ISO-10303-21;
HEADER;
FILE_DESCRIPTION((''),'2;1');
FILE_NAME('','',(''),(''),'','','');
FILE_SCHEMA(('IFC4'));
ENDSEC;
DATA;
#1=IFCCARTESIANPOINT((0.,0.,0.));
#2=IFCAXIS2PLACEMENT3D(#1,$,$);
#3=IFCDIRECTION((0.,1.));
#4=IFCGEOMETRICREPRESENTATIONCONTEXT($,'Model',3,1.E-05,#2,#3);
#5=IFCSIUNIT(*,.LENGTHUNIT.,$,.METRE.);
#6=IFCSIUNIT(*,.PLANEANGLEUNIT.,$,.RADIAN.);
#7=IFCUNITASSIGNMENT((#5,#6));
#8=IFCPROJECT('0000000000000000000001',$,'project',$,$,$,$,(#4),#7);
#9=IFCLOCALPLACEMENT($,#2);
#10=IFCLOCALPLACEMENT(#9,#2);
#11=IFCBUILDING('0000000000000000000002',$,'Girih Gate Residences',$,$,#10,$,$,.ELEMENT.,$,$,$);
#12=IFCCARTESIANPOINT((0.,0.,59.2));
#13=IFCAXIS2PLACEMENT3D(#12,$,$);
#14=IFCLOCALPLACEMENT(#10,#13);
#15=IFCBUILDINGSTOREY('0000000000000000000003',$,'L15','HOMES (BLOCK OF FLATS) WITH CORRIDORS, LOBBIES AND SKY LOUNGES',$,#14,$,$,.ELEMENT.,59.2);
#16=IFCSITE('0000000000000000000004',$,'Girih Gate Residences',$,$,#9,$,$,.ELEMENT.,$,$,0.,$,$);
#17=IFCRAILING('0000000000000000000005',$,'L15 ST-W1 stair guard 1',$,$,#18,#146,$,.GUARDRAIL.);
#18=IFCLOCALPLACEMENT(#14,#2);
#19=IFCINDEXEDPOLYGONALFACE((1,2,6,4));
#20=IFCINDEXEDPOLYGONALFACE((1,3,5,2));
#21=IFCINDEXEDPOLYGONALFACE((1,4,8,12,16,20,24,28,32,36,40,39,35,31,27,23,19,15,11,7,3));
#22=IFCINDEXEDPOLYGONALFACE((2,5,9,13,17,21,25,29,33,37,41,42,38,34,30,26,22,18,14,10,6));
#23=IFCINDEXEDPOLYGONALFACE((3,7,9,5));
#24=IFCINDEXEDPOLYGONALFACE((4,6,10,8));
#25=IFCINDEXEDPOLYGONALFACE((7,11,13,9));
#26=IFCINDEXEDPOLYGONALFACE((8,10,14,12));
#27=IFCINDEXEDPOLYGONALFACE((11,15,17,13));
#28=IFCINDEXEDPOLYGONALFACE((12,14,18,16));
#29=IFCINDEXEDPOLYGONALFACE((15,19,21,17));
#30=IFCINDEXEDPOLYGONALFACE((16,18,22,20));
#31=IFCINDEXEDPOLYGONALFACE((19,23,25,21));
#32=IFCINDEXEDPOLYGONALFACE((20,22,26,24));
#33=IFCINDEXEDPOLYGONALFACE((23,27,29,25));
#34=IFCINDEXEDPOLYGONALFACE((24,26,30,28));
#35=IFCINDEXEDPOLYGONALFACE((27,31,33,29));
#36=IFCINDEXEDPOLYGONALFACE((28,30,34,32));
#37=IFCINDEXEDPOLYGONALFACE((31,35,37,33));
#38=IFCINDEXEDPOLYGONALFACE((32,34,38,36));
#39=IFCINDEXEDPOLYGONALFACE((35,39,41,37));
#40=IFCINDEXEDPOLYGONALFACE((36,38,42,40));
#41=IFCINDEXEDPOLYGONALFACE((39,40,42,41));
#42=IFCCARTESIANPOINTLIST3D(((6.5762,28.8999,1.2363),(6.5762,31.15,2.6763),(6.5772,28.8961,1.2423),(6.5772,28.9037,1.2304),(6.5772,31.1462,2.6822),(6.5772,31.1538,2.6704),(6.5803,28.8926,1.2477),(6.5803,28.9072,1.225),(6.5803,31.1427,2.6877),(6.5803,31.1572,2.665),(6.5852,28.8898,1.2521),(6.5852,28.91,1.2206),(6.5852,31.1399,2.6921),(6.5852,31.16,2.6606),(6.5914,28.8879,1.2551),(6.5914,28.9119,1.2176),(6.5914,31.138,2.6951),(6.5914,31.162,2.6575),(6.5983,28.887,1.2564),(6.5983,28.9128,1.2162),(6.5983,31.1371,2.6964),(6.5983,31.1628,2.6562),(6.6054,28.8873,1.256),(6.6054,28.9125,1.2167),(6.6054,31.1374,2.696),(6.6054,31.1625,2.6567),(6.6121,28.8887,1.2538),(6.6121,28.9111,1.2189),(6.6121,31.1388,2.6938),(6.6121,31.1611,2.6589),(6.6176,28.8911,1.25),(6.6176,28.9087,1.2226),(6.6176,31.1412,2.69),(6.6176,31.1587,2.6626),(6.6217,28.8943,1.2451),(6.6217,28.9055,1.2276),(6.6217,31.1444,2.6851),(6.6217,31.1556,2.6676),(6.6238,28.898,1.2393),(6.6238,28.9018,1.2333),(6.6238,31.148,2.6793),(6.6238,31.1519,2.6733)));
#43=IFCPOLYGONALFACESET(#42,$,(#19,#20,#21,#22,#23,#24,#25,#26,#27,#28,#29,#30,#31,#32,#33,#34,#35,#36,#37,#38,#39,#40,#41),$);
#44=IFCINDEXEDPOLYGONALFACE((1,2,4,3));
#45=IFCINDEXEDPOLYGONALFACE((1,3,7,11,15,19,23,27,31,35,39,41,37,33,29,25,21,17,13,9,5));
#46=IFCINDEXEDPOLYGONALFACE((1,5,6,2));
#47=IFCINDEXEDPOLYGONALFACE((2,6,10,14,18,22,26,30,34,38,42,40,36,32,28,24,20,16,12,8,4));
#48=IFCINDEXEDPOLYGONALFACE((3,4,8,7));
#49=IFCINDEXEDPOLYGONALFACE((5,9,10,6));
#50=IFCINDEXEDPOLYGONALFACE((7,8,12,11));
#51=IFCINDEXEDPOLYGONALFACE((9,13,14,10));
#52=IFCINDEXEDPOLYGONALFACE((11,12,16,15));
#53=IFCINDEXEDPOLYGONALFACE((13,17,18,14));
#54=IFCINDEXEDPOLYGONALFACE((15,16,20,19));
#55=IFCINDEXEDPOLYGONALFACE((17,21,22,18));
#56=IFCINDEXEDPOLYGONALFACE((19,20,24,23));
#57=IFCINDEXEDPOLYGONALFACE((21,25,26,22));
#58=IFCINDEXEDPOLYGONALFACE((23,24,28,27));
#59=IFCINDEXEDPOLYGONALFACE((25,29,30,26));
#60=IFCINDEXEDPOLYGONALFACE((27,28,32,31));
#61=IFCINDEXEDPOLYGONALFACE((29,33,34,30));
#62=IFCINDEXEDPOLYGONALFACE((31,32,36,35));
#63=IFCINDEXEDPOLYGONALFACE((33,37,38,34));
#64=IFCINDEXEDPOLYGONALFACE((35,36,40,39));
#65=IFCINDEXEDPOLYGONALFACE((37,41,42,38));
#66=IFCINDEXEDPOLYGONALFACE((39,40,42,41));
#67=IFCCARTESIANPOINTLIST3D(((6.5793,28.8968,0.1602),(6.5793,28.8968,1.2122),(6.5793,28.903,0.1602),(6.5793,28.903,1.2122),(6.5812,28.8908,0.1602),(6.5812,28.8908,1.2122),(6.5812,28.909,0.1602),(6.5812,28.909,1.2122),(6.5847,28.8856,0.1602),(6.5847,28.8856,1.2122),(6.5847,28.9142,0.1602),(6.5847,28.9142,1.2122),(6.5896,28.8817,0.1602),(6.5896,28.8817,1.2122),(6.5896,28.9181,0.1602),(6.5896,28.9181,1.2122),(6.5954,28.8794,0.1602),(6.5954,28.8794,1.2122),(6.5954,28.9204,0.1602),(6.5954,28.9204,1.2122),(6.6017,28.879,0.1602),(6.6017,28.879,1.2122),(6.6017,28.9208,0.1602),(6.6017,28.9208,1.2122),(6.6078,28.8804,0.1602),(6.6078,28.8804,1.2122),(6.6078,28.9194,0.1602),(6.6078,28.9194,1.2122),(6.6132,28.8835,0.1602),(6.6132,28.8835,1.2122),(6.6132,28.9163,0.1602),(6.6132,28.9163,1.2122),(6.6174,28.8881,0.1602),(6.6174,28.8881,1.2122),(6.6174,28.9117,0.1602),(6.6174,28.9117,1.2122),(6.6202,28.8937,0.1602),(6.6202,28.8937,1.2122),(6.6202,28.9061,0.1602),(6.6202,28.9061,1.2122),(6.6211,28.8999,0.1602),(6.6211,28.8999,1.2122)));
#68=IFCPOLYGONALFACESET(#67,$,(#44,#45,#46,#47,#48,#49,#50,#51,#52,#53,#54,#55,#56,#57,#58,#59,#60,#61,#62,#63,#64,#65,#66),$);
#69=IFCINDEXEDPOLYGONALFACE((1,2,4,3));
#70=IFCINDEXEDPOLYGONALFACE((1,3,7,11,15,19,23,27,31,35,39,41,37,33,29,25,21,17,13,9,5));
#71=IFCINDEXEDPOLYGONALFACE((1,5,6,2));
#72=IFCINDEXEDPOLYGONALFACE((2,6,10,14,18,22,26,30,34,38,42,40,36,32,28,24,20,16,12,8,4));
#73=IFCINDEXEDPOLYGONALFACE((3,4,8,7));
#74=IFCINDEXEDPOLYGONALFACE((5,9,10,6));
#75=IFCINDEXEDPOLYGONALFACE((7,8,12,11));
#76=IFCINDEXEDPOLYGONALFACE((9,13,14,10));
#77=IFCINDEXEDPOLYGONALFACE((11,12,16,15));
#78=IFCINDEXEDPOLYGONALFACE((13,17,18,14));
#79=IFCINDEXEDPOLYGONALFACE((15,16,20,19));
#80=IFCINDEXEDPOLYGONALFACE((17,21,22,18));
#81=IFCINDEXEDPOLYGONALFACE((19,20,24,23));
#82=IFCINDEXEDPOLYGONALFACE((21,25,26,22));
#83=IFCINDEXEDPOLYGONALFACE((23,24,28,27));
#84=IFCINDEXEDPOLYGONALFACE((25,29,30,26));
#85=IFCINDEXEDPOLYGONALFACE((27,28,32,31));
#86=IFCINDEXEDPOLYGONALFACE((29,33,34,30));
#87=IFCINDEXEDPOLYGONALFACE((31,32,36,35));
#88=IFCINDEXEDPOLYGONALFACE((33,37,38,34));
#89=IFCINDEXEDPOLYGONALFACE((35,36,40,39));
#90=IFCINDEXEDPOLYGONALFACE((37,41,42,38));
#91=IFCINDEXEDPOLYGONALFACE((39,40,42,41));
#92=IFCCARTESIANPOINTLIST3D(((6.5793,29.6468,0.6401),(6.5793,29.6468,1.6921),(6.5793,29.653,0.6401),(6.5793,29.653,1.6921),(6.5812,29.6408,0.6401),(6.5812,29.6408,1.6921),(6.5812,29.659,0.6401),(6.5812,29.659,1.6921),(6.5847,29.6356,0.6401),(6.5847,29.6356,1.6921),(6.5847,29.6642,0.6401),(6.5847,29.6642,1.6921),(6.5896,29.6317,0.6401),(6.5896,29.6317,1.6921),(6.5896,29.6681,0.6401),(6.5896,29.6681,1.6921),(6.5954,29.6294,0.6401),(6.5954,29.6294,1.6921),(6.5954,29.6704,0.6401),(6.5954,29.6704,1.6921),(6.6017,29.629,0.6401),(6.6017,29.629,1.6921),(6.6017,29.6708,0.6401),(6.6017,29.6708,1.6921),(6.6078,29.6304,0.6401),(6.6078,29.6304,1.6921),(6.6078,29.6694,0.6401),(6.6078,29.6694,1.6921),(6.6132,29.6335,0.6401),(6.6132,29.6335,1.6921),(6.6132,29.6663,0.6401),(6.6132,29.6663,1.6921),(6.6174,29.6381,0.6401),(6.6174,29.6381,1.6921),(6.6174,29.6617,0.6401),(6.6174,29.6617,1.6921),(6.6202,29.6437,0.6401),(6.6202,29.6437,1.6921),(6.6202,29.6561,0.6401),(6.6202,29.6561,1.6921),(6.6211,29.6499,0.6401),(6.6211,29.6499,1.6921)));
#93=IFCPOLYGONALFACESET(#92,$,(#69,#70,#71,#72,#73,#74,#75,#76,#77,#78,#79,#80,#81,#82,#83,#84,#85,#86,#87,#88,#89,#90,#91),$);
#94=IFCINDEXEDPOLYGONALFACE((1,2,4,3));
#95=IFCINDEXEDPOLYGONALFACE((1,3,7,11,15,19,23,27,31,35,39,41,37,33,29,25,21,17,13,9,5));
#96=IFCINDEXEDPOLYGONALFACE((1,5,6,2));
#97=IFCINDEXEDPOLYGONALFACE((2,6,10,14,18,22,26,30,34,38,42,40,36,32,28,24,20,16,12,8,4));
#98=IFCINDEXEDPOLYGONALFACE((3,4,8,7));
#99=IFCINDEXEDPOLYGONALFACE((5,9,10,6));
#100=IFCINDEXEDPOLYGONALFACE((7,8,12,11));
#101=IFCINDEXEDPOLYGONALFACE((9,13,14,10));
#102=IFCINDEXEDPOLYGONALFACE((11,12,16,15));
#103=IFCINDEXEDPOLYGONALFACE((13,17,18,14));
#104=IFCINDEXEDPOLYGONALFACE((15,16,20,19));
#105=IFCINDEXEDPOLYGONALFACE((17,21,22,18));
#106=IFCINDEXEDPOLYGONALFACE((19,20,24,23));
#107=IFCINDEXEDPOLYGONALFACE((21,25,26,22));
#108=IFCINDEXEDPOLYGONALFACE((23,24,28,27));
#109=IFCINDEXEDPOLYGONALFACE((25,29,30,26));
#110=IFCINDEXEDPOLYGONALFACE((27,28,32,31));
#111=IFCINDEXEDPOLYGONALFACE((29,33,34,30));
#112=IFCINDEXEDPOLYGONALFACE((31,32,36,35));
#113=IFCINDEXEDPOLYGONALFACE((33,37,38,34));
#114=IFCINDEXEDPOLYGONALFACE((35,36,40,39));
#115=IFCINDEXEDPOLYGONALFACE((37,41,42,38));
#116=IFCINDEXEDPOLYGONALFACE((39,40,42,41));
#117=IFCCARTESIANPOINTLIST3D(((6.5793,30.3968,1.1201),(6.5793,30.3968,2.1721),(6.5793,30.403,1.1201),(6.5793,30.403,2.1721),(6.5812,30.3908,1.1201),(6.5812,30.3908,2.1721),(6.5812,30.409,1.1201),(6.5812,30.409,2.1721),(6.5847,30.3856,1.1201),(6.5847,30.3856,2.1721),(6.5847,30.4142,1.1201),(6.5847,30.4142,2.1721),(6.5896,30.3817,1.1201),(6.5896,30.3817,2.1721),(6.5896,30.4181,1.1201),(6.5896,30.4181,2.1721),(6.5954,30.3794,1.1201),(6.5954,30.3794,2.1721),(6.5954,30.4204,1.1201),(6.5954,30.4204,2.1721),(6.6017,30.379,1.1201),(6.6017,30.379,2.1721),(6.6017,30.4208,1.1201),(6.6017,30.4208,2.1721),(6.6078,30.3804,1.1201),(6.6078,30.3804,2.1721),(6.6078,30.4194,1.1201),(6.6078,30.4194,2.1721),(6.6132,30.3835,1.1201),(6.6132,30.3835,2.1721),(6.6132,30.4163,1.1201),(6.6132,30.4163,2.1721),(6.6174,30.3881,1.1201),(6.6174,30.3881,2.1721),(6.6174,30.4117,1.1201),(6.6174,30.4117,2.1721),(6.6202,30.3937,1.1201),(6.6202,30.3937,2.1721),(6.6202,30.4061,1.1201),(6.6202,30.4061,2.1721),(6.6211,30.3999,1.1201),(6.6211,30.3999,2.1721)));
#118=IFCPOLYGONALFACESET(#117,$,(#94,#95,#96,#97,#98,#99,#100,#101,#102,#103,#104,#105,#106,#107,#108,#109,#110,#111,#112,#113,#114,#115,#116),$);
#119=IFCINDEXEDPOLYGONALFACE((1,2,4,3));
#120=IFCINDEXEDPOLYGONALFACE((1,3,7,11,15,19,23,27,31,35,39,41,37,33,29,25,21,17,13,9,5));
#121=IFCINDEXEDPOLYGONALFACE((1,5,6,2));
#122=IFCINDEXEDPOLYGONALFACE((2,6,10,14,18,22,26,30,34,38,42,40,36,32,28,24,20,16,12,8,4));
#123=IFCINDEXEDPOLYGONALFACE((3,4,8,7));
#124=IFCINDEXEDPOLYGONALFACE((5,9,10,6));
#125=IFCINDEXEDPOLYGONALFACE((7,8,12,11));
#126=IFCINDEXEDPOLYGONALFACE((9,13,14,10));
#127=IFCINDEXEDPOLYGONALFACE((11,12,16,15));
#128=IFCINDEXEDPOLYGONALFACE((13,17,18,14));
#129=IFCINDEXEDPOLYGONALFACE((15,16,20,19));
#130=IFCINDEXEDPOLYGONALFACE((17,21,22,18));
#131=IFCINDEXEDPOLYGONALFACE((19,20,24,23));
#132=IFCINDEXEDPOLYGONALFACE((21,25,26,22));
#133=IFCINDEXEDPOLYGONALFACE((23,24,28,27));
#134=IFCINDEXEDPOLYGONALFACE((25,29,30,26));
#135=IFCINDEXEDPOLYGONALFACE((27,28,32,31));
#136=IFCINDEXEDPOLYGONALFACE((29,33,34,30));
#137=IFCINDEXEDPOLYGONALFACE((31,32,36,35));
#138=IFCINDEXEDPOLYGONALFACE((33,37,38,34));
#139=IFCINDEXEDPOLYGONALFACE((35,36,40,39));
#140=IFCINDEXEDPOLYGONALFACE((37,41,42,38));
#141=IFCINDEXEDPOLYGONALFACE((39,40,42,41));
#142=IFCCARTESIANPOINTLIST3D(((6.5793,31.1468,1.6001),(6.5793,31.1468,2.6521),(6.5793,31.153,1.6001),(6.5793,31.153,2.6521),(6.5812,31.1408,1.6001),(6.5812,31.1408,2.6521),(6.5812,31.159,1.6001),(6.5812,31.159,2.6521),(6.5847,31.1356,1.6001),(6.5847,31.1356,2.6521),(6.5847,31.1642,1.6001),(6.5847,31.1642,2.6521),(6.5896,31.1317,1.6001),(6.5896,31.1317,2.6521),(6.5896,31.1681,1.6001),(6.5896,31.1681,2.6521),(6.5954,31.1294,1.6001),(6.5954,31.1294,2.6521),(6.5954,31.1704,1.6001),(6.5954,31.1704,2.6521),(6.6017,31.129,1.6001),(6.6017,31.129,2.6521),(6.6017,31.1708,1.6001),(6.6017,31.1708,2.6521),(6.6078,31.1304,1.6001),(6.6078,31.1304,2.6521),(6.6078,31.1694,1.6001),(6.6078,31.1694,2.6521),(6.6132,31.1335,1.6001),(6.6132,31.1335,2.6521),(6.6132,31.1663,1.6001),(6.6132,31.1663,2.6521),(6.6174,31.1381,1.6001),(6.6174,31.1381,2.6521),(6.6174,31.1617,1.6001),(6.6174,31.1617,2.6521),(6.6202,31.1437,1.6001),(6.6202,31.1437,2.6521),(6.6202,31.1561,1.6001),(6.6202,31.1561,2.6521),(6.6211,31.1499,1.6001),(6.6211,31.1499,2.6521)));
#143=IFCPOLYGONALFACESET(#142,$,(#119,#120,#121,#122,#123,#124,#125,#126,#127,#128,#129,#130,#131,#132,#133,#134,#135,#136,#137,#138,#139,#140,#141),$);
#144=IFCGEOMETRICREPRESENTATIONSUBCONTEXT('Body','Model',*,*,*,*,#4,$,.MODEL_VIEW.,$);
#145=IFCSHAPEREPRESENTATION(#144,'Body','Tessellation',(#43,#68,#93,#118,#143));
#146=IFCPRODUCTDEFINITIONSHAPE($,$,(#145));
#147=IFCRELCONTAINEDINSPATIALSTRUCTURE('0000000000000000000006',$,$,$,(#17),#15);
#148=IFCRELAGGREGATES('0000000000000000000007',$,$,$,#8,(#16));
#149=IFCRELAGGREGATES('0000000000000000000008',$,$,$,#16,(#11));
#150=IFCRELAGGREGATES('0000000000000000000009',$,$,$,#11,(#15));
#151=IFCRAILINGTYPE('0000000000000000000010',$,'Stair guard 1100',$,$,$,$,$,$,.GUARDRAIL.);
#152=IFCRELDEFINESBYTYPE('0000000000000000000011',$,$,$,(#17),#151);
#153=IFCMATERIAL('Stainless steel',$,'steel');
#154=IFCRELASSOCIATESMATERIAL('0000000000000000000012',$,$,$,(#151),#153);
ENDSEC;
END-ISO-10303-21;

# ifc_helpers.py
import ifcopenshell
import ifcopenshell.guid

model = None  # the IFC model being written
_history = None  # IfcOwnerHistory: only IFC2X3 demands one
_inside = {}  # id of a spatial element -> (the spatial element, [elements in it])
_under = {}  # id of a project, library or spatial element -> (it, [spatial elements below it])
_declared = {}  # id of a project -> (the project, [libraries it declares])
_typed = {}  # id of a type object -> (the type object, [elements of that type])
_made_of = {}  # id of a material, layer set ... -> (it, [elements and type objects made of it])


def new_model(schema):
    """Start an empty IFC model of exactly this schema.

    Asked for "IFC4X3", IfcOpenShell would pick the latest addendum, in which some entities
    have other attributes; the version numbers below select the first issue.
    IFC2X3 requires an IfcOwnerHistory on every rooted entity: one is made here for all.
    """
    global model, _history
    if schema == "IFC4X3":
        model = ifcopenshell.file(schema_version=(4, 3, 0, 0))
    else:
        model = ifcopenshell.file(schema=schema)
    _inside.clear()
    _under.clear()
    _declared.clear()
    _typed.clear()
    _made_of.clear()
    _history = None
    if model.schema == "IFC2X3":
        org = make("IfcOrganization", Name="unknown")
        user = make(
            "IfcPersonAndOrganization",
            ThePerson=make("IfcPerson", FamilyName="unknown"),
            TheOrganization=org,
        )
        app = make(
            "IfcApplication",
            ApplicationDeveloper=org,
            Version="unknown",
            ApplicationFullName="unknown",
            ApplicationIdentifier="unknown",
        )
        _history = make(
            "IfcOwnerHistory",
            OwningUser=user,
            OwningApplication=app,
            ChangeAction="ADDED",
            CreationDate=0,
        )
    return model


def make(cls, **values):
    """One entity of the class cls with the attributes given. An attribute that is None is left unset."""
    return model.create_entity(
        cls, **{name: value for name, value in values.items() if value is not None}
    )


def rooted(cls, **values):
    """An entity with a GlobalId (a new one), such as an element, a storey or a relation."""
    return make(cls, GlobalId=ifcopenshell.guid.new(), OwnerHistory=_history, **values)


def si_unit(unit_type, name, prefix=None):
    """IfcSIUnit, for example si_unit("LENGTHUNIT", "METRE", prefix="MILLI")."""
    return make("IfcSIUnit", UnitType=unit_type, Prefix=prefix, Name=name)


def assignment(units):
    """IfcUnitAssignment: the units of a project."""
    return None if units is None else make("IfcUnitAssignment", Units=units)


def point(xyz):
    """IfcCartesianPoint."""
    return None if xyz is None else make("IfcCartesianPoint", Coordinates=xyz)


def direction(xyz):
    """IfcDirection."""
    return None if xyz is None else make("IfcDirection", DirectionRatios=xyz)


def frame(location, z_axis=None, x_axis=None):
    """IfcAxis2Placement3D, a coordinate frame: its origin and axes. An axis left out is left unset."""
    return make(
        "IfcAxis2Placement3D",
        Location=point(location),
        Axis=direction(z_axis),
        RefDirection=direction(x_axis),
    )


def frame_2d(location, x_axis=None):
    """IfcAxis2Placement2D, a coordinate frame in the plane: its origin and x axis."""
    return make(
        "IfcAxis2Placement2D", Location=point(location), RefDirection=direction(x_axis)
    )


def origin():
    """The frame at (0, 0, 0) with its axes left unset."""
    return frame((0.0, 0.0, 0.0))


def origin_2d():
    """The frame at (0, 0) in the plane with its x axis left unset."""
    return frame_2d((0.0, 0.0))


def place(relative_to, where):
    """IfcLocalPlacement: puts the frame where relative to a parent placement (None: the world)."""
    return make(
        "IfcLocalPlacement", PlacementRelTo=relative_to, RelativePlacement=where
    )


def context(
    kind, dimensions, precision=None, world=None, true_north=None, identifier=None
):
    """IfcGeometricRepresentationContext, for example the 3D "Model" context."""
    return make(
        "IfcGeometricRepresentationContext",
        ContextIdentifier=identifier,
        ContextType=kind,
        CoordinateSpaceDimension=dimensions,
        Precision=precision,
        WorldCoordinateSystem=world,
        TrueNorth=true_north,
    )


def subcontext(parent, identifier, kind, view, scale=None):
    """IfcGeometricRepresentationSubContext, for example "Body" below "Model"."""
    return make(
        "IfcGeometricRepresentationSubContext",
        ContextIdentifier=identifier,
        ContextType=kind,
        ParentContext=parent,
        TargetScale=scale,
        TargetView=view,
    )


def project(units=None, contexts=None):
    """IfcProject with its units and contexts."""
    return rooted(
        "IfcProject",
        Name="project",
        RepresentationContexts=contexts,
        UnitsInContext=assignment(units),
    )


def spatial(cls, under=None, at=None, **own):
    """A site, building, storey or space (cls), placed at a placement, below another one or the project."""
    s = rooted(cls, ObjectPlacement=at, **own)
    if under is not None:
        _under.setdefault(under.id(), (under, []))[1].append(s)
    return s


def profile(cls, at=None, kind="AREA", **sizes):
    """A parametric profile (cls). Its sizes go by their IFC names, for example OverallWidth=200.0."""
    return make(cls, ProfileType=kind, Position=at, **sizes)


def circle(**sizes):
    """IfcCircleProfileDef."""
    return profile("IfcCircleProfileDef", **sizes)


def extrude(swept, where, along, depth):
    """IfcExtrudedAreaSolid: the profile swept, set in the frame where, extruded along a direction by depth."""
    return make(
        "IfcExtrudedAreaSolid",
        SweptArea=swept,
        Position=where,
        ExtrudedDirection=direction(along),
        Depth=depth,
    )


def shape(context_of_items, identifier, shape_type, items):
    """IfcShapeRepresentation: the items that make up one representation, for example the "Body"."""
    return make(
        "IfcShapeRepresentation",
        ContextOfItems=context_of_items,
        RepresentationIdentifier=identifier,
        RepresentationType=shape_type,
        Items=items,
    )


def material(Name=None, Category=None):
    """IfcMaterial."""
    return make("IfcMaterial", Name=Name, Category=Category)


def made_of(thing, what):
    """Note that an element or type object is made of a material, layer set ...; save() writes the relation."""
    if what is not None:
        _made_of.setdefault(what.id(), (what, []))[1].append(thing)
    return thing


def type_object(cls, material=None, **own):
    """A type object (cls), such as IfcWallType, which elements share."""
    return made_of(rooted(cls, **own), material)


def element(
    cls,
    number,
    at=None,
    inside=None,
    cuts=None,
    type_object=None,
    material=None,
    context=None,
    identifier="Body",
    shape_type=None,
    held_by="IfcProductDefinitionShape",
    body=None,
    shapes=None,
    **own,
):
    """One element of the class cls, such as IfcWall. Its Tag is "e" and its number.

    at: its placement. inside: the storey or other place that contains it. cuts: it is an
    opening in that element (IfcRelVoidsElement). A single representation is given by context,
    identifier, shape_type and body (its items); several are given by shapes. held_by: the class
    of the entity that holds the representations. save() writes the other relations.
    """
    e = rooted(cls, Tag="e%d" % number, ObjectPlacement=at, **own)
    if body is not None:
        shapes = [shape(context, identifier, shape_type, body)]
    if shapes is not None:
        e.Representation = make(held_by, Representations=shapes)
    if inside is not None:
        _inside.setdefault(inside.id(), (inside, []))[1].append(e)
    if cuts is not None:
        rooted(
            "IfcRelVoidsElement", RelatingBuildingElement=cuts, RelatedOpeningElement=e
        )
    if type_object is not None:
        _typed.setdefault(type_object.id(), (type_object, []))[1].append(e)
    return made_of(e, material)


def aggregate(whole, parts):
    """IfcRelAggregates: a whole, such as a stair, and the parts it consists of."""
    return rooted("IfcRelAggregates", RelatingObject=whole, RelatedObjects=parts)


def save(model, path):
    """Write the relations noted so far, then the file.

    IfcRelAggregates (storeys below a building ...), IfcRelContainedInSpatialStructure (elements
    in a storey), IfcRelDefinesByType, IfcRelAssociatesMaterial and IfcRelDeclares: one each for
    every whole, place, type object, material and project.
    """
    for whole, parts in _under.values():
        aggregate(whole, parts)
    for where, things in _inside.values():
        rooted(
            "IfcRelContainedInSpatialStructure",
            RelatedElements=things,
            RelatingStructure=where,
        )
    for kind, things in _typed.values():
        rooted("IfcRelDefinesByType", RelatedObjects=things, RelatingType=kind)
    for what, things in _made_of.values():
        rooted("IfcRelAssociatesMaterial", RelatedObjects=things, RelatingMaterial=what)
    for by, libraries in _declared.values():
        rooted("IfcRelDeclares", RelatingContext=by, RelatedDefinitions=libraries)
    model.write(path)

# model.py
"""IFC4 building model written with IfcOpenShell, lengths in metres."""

from ifc_helpers import new_model, si_unit, direction, frame, origin, origin_2d, place, context, subcontext, project, spatial, circle, extrude, material, type_object, element, save


model = new_model("IFC4")

# Units and contexts
model_context = context("Model", 3, precision=1e-05, world=origin(), true_north=direction((0.0, 1.0)))
body_context = subcontext(model_context, "Body", "Model", "MODEL_VIEW")
ifc_project = project(units=[si_unit("LENGTHUNIT", "METRE"), si_unit("PLANEANGLEUNIT", "RADIAN")], contexts=[model_context])

# Site, building, storey
site_placement = place(None, origin())
site = spatial("IfcSite", under=ifc_project, at=site_placement, Name="Girih Gate Residences", CompositionType="ELEMENT", RefElevation=0.0)
building_placement = place(site_placement, origin())
building = spatial("IfcBuilding", under=site, at=building_placement, Name="Girih Gate Residences", CompositionType="ELEMENT")
storey_placement = place(building_placement, frame((0.0, 0.0, 59.2)))
storey = spatial("IfcBuildingStorey", under=building, at=storey_placement, Name="L15", Description="HOMES (BLOCK OF FLATS) WITH CORRIDORS, LOBBIES AND SKY LOUNGES", CompositionType="ELEMENT", Elevation=59.2)

# Railing
ifc_material_1 = material(Name="Stainless steel", Category="steel")
railing_type_1 = type_object("IfcRailingType", Name="Stair guard 1100", PredefinedType="GUARDRAIL", material=ifc_material_1)
railing_1_placement = place(storey_placement, frame((6.6001, 28.8999, 0.1602)))
element("IfcRailing", 1, at=railing_1_placement, inside=storey, type_object=railing_type_1, Name="L15 ST-W1 stair guard 1", PredefinedType="GUARDRAIL", context=body_context, shape_type="SweptSolid", body=[
    extrude(circle(Radius=0.0239, at=origin_2d()), frame((0.0, 0.0, 1.0762), z_axis=(0.0, 0.842281, 0.539038), x_axis=(-1.0, 0.0, 0.0)), (0.0, 0.0, 1.0), 2.6714),
    extrude(circle(Radius=0.021, at=origin_2d()), origin(), (0.0, 0.0, 1.0), 1.052),
    extrude(circle(Radius=0.021, at=origin_2d()), frame((0.0, 0.75, 0.48)), (0.0, 0.0, 1.0), 1.052),
    extrude(circle(Radius=0.021, at=origin_2d()), frame((0.0, 1.5, 0.96)), (0.0, 0.0, 1.0), 1.052),
    extrude(circle(Radius=0.021, at=origin_2d()), frame((0.0, 2.25, 1.4399)), (0.0, 0.0, 1.0), 1.052),
])

save(model, "model.ifc")
